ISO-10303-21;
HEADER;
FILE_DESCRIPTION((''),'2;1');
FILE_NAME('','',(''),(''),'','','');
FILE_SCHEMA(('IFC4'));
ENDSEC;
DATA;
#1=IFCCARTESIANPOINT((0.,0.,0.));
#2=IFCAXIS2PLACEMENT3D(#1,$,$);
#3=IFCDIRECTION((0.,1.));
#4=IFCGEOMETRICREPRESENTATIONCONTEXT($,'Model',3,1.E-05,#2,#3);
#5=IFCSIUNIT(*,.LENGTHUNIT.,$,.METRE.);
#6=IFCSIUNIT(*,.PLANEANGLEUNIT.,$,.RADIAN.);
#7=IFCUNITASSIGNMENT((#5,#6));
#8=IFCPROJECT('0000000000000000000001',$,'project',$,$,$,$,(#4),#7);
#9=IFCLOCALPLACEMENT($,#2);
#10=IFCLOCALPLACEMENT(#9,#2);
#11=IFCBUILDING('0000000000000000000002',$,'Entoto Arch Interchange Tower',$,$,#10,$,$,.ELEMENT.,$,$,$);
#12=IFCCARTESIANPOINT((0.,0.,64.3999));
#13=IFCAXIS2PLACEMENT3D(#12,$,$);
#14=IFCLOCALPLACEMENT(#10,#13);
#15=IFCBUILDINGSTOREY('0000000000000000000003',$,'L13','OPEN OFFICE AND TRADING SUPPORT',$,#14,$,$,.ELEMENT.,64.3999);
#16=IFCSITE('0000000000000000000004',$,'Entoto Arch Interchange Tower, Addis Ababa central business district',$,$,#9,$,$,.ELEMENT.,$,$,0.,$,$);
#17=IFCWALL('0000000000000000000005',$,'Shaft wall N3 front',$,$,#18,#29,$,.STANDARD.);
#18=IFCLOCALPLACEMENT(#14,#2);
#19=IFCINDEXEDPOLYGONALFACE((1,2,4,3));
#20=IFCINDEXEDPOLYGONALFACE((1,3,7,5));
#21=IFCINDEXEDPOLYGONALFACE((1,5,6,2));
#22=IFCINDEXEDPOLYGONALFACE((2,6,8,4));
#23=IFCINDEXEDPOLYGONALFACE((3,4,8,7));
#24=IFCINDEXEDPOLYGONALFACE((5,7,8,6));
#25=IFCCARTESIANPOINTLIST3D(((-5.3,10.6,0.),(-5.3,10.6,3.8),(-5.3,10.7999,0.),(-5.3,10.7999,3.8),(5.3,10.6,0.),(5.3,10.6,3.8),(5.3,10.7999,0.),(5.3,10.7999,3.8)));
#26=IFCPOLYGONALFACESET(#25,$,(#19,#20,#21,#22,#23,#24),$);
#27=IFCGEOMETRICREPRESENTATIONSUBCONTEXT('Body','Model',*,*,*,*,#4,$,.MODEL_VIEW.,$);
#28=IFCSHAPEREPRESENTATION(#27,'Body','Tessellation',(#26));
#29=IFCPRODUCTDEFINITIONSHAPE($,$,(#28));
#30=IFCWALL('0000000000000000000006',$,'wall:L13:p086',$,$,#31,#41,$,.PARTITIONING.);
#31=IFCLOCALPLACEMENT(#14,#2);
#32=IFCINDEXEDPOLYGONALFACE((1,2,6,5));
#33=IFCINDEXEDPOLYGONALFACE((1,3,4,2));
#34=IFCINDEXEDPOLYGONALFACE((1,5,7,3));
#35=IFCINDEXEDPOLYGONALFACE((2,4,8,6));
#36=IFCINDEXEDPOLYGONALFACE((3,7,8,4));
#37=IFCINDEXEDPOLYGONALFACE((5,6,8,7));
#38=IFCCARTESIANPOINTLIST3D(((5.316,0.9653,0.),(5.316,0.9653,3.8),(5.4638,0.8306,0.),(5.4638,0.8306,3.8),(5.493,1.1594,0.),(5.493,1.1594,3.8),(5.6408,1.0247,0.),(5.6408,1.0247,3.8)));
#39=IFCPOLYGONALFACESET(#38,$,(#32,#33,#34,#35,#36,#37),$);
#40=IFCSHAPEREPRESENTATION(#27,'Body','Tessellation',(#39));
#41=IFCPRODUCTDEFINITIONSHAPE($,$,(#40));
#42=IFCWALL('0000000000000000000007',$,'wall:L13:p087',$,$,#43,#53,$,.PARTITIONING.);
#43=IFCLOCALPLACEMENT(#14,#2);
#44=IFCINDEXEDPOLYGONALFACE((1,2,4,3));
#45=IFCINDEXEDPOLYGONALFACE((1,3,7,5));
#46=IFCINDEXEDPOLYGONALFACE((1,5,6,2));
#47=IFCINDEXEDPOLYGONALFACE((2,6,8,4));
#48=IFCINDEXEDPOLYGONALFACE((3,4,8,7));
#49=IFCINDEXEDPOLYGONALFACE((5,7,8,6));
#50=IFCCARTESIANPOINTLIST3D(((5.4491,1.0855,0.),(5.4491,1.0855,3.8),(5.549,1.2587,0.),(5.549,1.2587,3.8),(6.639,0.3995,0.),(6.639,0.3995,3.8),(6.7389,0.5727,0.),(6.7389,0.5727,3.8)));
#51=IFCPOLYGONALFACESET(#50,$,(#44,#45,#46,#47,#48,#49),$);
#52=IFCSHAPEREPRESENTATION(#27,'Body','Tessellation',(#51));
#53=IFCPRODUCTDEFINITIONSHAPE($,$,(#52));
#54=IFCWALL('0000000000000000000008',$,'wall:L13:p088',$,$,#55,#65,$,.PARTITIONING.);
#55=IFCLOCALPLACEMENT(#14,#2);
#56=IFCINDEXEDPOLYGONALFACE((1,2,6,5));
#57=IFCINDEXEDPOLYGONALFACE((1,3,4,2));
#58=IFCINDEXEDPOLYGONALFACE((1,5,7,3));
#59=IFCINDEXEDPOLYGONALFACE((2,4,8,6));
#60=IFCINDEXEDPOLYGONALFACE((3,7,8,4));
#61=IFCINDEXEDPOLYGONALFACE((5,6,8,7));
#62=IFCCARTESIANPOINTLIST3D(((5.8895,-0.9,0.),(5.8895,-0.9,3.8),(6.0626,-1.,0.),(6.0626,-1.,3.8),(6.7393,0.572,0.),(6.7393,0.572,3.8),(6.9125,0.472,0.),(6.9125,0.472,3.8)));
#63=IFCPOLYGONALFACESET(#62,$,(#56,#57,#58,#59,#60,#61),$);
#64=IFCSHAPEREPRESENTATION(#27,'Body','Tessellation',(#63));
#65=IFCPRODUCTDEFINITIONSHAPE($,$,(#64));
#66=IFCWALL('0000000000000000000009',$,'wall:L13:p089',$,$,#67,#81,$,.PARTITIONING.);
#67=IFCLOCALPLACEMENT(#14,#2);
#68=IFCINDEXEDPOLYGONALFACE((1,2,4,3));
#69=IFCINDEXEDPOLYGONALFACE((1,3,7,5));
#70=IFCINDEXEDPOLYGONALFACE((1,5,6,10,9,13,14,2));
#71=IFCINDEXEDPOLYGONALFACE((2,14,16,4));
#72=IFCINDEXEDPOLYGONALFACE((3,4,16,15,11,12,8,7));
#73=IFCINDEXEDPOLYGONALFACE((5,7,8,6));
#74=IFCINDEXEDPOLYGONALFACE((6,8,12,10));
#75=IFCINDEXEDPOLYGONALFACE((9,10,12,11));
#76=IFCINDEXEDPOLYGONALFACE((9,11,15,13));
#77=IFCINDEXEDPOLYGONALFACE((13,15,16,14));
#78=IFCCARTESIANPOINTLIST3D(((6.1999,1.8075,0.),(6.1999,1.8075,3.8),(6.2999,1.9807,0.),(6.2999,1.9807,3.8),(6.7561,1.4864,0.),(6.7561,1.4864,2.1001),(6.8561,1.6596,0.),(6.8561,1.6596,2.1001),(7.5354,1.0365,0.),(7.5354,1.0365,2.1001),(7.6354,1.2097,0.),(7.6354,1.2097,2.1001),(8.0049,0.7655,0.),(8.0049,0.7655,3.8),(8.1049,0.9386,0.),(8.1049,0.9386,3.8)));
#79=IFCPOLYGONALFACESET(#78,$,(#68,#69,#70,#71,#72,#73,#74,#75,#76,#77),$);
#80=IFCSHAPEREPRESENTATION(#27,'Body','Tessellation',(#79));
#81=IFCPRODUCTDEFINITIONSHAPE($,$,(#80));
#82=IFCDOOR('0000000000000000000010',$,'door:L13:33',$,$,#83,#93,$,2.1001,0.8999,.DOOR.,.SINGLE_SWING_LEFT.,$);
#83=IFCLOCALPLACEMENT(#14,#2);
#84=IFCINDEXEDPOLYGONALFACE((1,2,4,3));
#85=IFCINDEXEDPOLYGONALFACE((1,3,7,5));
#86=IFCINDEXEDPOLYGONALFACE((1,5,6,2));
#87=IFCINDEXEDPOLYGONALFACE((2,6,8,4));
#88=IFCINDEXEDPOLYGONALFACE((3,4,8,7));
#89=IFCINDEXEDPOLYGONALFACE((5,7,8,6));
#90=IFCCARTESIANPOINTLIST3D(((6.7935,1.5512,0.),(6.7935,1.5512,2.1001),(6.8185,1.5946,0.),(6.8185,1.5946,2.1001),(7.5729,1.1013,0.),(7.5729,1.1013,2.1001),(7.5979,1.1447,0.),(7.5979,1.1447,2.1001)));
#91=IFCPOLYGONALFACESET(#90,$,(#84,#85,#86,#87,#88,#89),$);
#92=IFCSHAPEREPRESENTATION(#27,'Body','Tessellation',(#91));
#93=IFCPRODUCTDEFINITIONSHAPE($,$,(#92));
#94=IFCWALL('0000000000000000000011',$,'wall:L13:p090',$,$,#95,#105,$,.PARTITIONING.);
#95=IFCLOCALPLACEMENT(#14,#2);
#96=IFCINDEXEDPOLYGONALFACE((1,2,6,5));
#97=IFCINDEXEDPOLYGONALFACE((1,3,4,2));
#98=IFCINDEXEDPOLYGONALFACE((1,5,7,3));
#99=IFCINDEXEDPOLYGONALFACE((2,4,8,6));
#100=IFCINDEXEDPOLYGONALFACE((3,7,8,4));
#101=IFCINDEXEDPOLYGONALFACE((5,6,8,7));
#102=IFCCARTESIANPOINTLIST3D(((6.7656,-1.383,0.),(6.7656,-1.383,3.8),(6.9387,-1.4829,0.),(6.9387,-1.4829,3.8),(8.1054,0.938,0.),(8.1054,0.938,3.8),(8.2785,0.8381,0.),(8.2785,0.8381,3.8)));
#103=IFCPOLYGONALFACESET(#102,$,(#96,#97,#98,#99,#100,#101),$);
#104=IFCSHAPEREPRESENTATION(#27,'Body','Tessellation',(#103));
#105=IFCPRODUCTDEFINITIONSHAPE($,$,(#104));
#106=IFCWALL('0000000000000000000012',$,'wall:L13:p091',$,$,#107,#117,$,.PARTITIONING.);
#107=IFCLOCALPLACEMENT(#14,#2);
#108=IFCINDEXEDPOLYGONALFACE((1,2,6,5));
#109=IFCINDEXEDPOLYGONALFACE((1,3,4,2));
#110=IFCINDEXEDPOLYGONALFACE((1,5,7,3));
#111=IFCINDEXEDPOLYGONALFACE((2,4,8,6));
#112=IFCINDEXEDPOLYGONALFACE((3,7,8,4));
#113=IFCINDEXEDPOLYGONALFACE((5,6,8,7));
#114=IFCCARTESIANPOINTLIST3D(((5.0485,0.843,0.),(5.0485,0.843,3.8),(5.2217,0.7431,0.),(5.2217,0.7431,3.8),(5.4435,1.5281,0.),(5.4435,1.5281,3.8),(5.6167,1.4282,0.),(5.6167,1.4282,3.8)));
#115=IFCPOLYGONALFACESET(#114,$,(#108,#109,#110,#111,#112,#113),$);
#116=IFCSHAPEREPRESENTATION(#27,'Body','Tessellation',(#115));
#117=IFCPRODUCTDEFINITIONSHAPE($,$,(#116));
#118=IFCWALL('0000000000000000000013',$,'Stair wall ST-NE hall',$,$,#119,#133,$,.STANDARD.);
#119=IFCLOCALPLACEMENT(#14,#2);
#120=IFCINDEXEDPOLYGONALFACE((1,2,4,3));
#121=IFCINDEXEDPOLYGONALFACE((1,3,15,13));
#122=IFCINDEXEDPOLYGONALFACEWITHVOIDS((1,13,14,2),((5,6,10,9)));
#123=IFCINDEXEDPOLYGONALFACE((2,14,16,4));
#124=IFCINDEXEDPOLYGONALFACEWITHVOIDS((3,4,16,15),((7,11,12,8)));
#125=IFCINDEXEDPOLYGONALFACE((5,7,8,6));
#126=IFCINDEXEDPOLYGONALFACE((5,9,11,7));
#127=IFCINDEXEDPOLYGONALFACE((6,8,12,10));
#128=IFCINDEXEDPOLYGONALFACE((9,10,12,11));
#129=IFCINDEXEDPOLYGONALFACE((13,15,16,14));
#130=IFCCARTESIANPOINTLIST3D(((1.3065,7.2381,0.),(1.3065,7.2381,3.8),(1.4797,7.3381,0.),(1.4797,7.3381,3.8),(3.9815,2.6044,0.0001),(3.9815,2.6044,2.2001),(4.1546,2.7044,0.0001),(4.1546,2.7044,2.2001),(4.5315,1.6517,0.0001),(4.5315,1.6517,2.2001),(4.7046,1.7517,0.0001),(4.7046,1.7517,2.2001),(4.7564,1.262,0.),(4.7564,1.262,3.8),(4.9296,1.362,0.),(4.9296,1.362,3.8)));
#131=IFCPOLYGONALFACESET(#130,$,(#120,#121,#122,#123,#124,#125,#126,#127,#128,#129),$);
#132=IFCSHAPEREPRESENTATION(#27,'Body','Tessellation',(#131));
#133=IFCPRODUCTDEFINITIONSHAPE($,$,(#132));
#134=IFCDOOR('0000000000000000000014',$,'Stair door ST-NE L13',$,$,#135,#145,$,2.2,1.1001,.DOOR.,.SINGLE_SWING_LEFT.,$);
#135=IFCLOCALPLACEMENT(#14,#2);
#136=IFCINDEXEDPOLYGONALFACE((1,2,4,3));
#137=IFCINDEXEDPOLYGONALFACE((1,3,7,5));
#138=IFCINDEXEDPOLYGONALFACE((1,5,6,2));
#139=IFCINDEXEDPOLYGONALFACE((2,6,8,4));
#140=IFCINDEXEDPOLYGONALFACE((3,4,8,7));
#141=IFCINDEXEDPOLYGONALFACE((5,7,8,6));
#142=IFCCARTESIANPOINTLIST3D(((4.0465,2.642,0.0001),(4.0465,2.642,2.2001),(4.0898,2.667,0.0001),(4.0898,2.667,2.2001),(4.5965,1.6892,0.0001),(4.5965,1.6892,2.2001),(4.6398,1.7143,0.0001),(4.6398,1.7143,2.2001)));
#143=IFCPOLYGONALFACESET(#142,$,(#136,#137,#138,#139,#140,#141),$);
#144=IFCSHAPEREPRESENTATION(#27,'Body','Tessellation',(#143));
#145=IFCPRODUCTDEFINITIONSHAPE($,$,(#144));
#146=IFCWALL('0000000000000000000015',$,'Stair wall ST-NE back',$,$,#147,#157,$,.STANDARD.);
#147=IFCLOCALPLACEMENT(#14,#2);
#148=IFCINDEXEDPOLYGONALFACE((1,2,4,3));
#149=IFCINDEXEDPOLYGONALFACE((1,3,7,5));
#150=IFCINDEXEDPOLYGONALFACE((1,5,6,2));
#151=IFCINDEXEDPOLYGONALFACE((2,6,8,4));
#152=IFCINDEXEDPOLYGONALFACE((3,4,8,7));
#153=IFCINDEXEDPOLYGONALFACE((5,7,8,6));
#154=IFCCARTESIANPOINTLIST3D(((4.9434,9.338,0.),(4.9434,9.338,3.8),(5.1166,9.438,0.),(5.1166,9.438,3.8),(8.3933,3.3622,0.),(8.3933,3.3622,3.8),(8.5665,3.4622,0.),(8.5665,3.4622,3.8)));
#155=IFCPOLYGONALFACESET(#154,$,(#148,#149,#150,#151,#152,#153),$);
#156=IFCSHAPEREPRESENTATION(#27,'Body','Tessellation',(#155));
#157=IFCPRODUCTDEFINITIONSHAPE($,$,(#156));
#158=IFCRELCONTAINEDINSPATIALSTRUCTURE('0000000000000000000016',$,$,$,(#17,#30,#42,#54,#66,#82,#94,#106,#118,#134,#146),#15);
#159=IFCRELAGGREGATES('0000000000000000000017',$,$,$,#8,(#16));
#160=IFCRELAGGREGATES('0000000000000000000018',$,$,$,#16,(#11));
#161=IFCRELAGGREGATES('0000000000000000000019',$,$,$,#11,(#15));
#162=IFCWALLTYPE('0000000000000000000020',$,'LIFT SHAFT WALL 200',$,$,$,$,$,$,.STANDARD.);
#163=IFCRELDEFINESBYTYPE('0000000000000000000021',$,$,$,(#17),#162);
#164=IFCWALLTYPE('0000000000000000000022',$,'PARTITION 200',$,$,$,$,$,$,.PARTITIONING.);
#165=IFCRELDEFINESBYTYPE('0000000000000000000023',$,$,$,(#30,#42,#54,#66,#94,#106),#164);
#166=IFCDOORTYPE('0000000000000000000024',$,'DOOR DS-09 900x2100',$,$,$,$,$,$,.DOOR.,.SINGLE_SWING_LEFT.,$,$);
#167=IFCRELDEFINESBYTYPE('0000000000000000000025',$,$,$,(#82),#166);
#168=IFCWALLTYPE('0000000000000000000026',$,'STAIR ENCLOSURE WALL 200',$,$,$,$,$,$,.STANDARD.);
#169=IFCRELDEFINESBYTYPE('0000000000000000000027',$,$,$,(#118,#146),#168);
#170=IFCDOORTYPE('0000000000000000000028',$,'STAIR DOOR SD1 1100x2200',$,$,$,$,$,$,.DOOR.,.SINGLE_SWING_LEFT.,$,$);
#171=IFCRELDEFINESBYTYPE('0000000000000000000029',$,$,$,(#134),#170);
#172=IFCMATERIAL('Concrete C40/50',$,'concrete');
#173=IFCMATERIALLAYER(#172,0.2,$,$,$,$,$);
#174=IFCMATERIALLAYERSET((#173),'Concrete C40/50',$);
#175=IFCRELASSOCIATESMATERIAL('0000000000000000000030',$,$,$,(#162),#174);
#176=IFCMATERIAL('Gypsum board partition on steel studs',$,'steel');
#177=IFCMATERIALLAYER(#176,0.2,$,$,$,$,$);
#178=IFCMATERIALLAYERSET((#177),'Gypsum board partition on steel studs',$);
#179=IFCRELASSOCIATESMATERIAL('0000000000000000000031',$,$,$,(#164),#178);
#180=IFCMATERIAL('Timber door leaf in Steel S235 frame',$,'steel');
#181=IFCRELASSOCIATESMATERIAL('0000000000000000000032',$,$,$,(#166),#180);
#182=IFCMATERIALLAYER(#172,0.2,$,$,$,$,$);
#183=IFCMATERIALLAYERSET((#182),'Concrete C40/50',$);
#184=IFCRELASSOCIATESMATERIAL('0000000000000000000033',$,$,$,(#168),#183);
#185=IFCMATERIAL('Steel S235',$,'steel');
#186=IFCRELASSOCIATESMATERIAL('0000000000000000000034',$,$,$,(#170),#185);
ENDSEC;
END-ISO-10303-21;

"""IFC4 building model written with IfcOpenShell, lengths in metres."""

from ifc_helpers import new_model, si_unit, direction, frame, frame_2d, origin, place, context, subcontext, project, spatial, rectangle, extrude, material, layer, layer_set, type_object, element, fill, save


model = new_model("IFC4")

# Units and contexts
model_context = context("Model", 3, precision=1e-05, world=origin(), true_north=direction((0.0, 1.0)))
body_context = subcontext(model_context, "Body", "Model", "MODEL_VIEW")
ifc_project = project(units=[si_unit("LENGTHUNIT", "METRE"), si_unit("PLANEANGLEUNIT", "RADIAN")], contexts=[model_context])

# Site, building, storey
site_placement = place(None, origin())
site = spatial("IfcSite", under=ifc_project, at=site_placement, Name="Entoto Arch Interchange Tower, Addis Ababa central business district", CompositionType="ELEMENT", RefElevation=0.0)
building_placement = place(site_placement, origin())
building = spatial("IfcBuilding", under=site, at=building_placement, Name="Entoto Arch Interchange Tower", CompositionType="ELEMENT")
storey_placement = place(building_placement, frame((0.0, 0.0, 64.3999)))
storey = spatial("IfcBuildingStorey", under=building, at=storey_placement, Name="L13", Description="OPEN OFFICE AND TRADING SUPPORT", CompositionType="ELEMENT", Elevation=64.3999)

# Walls
ifc_material_1 = material(Name="Concrete C40/50", Category="concrete")
ifc_layer_1 = layer(ifc_material_1, 0.2)
ifc_layer_set_1 = layer_set([ifc_layer_1], Name="Concrete C40/50")
wall_type_1 = type_object("IfcWallType", Name="LIFT SHAFT WALL 200", PredefinedType="STANDARD", material=ifc_layer_set_1)
wall_1_placement = place(storey_placement, frame((5.3, 10.7, 0.0), z_axis=(0.0, 0.0, 1.0), x_axis=(-1.0, 0.0, 0.0)))
element("IfcWall", 1, at=wall_1_placement, inside=storey, type_object=wall_type_1, Name="Shaft wall N3 front", PredefinedType="STANDARD", context=body_context, shape_type="SweptSolid", body=[
    extrude(rectangle(XDim=10.6001, YDim=0.2, at=frame_2d((5.3, 0.0))), origin(), (0.0, 0.0, 1.0), 3.8),
])
ifc_material_2 = material(Name="Gypsum board partition on steel studs", Category="steel")
ifc_layer_2 = layer(ifc_material_2, 0.2)
ifc_layer_set_2 = layer_set([ifc_layer_2], Name="Gypsum board partition on steel studs")
wall_type_2 = type_object("IfcWallType", Name="PARTITION 200", PredefinedType="PARTITIONING", material=ifc_layer_set_2)
wall_2_placement = place(storey_placement, frame((5.3899, 0.8979, 0.0), z_axis=(0.0, 0.0, 1.0), x_axis=(0.673828, 0.738888, 0.0)))
element("IfcWall", 2, at=wall_2_placement, inside=storey, type_object=wall_type_2, Name="wall:L13:p086", PredefinedType="PARTITIONING", context=body_context, shape_type="SweptSolid", body=[
    extrude(rectangle(XDim=0.2627, YDim=0.2, at=frame_2d((0.1313, 0.0))), origin(), (0.0, 0.0, 1.0), 3.8),
])
wall_3_placement = place(storey_placement, frame((5.499, 1.1721, 0.0), z_axis=(0.0, 0.0, 1.0), x_axis=(0.866334, -0.499466, 0.0)))
element("IfcWall", 3, at=wall_3_placement, inside=storey, type_object=wall_type_2, Name="wall:L13:p087", PredefinedType="PARTITIONING", context=body_context, shape_type="SweptSolid", body=[
    extrude(rectangle(XDim=1.3735, YDim=0.2, at=frame_2d((0.6868, 0.0))), origin(), (0.0, 0.0, 1.0), 3.8),
])
wall_4_placement = place(storey_placement, frame((6.8259, 0.522, 0.0), z_axis=(0.0, 0.0, 1.0), x_axis=(-0.500017, -0.866016, 0.0)))
element("IfcWall", 4, at=wall_4_placement, inside=storey, type_object=wall_type_2, Name="wall:L13:p088", PredefinedType="PARTITIONING", context=body_context, shape_type="SweptSolid", body=[
    extrude(rectangle(XDim=1.6997, YDim=0.2, at=frame_2d((0.8499, 0.0))), origin(), (0.0, 0.0, 1.0), 3.8),
])

# Wall, opening, door
wall_5_placement = place(storey_placement, frame((6.25, 1.894, 0.0), z_axis=(0.0, 0.0, 1.0), x_axis=(0.866043, -0.499969, 0.0)))
wall_5 = element("IfcWall", 5, at=wall_5_placement, inside=storey, type_object=wall_type_2, Name="wall:L13:p089", PredefinedType="PARTITIONING", context=body_context, shape_type="SweptSolid", body=[
    extrude(rectangle(XDim=2.0842, YDim=0.2, at=frame_2d((1.042, 0.0))), origin(), (0.0, 0.0, 1.0), 3.8),
])
opening_1_placement = place(wall_5_placement, frame((0.6421, 0.0, 0.0)))
opening_1 = element("IfcOpeningElement", 6, at=opening_1_placement, cuts=wall_5, PredefinedType="OPENING", context=body_context, shape_type="SweptSolid", body=[
    extrude(rectangle(XDim=0.8999, YDim=2.1001, at=frame_2d((0.45, 1.05))), frame((0.0, 0.1099, 0.0), z_axis=(0.0, -1.0, 0.0), x_axis=(1.0, 0.0, 0.0)), (0.0, 0.0, 1.0), 0.22),
])
ifc_material_3 = material(Name="Timber door leaf in Steel S235 frame", Category="steel")
door_type_1 = type_object("IfcDoorType", Name="DOOR DS-09 900x2100", OperationType="SINGLE_SWING_LEFT", PredefinedType="DOOR", material=ifc_material_3)
door_1_placement = place(opening_1_placement, origin())
door_1 = element("IfcDoor", 7, at=door_1_placement, inside=storey, type_object=door_type_1, Name="door:L13:33", OperationType="SINGLE_SWING_LEFT", OverallHeight=2.1001, OverallWidth=0.8999, PredefinedType="DOOR", context=body_context, shape_type="SweptSolid", body=[
    extrude(rectangle(XDim=0.8999, YDim=2.1001, at=frame_2d((0.45, 1.05))), frame((0.0, 0.0249, 0.0), z_axis=(0.0, -1.0, 0.0), x_axis=(1.0, 0.0, 0.0)), (0.0, 0.0, 1.0), 0.05),
])
fill(opening_1, door_1)

# Walls
wall_6_placement = place(storey_placement, frame((8.1919, 0.8879, 0.0), z_axis=(0.0, 0.0, 1.0), x_axis=(-0.499941, -0.86606, 0.0)))
element("IfcWall", 8, at=wall_6_placement, inside=storey, type_object=wall_type_2, Name="wall:L13:p090", PredefinedType="PARTITIONING", context=body_context, shape_type="SweptSolid", body=[
    extrude(rectangle(XDim=2.6799, YDim=0.2, at=frame_2d((1.3398, 0.0))), origin(), (0.0, 0.0, 1.0), 3.8),
])
wall_7_placement = place(storey_placement, frame((5.135, 0.793, 0.0), z_axis=(0.0, 0.0, 1.0), x_axis=(0.499526, 0.866299, 0.0)))
element("IfcWall", 9, at=wall_7_placement, inside=storey, type_object=wall_type_2, Name="wall:L13:p091", PredefinedType="PARTITIONING", context=body_context, shape_type="SweptSolid", body=[
    extrude(rectangle(XDim=0.7908, YDim=0.2, at=frame_2d((0.3955, 0.0))), origin(), (0.0, 0.0, 1.0), 3.8),
])

# Wall, opening, door
ifc_layer_3 = layer(ifc_material_1, 0.2)
ifc_layer_set_3 = layer_set([ifc_layer_3], Name="Concrete C40/50")
wall_type_3 = type_object("IfcWallType", Name="STAIR ENCLOSURE WALL 200", PredefinedType="STANDARD", material=ifc_layer_set_3)
wall_8_placement = place(storey_placement, frame((4.843, 1.312, 0.0), z_axis=(0.0, 0.0, 1.0), x_axis=(-0.499963, 0.866047, 0.0)))
wall_8 = element("IfcWall", 10, at=wall_8_placement, inside=storey, type_object=wall_type_3, Name="Stair wall ST-NE hall", PredefinedType="STANDARD", context=body_context, shape_type="SweptSolid", body=[
    extrude(rectangle(XDim=6.9004, YDim=0.2, at=frame_2d((3.4502, 0.0))), origin(), (0.0, 0.0, 1.0), 3.8),
])
opening_2_placement = place(wall_8_placement, frame((0.45, 0.0, 0.0)))
opening_2 = element("IfcOpeningElement", 11, at=opening_2_placement, cuts=wall_8, PredefinedType="OPENING", context=body_context, shape_type="SweptSolid", body=[
    extrude(rectangle(XDim=1.1001, YDim=2.2, at=frame_2d((0.55, 1.1001))), frame((0.0, 0.1099, 0.0), z_axis=(0.0, -1.0, 0.0), x_axis=(1.0, 0.0, 0.0)), (0.0, 0.0, 1.0), 0.22),
])
ifc_material_4 = material(Name="Steel S235", Category="steel")
door_type_2 = type_object("IfcDoorType", Name="STAIR DOOR SD1 1100x2200", OperationType="SINGLE_SWING_LEFT", PredefinedType="DOOR", material=ifc_material_4)
door_2_placement = place(opening_2_placement, origin())
door_2 = element("IfcDoor", 12, at=door_2_placement, inside=storey, type_object=door_type_2, Name="Stair door ST-NE L13", OperationType="SINGLE_SWING_LEFT", OverallHeight=2.2, OverallWidth=1.1001, PredefinedType="DOOR", context=body_context, shape_type="SweptSolid", body=[
    extrude(rectangle(XDim=1.1001, YDim=2.2, at=frame_2d((0.55, 1.1001))), frame((0.0, 0.0249, 0.0), z_axis=(0.0, -1.0, 0.0), x_axis=(1.0, 0.0, 0.0)), (0.0, 0.0, 1.0), 0.05),
])
fill(opening_2, door_2)

# Wall
wall_9_placement = place(storey_placement, frame((8.48, 3.4121, 0.0), z_axis=(0.0, 0.0, 1.0), x_axis=(-0.499979, 0.866038, 0.0)))
element("IfcWall", 13, at=wall_9_placement, inside=storey, type_object=wall_type_3, Name="Stair wall ST-NE back", PredefinedType="STANDARD", context=body_context, shape_type="SweptSolid", body=[
    extrude(rectangle(XDim=6.9001, YDim=0.2, at=frame_2d((3.4502, 0.0))), origin(), (0.0, 0.0, 1.0), 3.8),
])

save(model, "model.ifc")
